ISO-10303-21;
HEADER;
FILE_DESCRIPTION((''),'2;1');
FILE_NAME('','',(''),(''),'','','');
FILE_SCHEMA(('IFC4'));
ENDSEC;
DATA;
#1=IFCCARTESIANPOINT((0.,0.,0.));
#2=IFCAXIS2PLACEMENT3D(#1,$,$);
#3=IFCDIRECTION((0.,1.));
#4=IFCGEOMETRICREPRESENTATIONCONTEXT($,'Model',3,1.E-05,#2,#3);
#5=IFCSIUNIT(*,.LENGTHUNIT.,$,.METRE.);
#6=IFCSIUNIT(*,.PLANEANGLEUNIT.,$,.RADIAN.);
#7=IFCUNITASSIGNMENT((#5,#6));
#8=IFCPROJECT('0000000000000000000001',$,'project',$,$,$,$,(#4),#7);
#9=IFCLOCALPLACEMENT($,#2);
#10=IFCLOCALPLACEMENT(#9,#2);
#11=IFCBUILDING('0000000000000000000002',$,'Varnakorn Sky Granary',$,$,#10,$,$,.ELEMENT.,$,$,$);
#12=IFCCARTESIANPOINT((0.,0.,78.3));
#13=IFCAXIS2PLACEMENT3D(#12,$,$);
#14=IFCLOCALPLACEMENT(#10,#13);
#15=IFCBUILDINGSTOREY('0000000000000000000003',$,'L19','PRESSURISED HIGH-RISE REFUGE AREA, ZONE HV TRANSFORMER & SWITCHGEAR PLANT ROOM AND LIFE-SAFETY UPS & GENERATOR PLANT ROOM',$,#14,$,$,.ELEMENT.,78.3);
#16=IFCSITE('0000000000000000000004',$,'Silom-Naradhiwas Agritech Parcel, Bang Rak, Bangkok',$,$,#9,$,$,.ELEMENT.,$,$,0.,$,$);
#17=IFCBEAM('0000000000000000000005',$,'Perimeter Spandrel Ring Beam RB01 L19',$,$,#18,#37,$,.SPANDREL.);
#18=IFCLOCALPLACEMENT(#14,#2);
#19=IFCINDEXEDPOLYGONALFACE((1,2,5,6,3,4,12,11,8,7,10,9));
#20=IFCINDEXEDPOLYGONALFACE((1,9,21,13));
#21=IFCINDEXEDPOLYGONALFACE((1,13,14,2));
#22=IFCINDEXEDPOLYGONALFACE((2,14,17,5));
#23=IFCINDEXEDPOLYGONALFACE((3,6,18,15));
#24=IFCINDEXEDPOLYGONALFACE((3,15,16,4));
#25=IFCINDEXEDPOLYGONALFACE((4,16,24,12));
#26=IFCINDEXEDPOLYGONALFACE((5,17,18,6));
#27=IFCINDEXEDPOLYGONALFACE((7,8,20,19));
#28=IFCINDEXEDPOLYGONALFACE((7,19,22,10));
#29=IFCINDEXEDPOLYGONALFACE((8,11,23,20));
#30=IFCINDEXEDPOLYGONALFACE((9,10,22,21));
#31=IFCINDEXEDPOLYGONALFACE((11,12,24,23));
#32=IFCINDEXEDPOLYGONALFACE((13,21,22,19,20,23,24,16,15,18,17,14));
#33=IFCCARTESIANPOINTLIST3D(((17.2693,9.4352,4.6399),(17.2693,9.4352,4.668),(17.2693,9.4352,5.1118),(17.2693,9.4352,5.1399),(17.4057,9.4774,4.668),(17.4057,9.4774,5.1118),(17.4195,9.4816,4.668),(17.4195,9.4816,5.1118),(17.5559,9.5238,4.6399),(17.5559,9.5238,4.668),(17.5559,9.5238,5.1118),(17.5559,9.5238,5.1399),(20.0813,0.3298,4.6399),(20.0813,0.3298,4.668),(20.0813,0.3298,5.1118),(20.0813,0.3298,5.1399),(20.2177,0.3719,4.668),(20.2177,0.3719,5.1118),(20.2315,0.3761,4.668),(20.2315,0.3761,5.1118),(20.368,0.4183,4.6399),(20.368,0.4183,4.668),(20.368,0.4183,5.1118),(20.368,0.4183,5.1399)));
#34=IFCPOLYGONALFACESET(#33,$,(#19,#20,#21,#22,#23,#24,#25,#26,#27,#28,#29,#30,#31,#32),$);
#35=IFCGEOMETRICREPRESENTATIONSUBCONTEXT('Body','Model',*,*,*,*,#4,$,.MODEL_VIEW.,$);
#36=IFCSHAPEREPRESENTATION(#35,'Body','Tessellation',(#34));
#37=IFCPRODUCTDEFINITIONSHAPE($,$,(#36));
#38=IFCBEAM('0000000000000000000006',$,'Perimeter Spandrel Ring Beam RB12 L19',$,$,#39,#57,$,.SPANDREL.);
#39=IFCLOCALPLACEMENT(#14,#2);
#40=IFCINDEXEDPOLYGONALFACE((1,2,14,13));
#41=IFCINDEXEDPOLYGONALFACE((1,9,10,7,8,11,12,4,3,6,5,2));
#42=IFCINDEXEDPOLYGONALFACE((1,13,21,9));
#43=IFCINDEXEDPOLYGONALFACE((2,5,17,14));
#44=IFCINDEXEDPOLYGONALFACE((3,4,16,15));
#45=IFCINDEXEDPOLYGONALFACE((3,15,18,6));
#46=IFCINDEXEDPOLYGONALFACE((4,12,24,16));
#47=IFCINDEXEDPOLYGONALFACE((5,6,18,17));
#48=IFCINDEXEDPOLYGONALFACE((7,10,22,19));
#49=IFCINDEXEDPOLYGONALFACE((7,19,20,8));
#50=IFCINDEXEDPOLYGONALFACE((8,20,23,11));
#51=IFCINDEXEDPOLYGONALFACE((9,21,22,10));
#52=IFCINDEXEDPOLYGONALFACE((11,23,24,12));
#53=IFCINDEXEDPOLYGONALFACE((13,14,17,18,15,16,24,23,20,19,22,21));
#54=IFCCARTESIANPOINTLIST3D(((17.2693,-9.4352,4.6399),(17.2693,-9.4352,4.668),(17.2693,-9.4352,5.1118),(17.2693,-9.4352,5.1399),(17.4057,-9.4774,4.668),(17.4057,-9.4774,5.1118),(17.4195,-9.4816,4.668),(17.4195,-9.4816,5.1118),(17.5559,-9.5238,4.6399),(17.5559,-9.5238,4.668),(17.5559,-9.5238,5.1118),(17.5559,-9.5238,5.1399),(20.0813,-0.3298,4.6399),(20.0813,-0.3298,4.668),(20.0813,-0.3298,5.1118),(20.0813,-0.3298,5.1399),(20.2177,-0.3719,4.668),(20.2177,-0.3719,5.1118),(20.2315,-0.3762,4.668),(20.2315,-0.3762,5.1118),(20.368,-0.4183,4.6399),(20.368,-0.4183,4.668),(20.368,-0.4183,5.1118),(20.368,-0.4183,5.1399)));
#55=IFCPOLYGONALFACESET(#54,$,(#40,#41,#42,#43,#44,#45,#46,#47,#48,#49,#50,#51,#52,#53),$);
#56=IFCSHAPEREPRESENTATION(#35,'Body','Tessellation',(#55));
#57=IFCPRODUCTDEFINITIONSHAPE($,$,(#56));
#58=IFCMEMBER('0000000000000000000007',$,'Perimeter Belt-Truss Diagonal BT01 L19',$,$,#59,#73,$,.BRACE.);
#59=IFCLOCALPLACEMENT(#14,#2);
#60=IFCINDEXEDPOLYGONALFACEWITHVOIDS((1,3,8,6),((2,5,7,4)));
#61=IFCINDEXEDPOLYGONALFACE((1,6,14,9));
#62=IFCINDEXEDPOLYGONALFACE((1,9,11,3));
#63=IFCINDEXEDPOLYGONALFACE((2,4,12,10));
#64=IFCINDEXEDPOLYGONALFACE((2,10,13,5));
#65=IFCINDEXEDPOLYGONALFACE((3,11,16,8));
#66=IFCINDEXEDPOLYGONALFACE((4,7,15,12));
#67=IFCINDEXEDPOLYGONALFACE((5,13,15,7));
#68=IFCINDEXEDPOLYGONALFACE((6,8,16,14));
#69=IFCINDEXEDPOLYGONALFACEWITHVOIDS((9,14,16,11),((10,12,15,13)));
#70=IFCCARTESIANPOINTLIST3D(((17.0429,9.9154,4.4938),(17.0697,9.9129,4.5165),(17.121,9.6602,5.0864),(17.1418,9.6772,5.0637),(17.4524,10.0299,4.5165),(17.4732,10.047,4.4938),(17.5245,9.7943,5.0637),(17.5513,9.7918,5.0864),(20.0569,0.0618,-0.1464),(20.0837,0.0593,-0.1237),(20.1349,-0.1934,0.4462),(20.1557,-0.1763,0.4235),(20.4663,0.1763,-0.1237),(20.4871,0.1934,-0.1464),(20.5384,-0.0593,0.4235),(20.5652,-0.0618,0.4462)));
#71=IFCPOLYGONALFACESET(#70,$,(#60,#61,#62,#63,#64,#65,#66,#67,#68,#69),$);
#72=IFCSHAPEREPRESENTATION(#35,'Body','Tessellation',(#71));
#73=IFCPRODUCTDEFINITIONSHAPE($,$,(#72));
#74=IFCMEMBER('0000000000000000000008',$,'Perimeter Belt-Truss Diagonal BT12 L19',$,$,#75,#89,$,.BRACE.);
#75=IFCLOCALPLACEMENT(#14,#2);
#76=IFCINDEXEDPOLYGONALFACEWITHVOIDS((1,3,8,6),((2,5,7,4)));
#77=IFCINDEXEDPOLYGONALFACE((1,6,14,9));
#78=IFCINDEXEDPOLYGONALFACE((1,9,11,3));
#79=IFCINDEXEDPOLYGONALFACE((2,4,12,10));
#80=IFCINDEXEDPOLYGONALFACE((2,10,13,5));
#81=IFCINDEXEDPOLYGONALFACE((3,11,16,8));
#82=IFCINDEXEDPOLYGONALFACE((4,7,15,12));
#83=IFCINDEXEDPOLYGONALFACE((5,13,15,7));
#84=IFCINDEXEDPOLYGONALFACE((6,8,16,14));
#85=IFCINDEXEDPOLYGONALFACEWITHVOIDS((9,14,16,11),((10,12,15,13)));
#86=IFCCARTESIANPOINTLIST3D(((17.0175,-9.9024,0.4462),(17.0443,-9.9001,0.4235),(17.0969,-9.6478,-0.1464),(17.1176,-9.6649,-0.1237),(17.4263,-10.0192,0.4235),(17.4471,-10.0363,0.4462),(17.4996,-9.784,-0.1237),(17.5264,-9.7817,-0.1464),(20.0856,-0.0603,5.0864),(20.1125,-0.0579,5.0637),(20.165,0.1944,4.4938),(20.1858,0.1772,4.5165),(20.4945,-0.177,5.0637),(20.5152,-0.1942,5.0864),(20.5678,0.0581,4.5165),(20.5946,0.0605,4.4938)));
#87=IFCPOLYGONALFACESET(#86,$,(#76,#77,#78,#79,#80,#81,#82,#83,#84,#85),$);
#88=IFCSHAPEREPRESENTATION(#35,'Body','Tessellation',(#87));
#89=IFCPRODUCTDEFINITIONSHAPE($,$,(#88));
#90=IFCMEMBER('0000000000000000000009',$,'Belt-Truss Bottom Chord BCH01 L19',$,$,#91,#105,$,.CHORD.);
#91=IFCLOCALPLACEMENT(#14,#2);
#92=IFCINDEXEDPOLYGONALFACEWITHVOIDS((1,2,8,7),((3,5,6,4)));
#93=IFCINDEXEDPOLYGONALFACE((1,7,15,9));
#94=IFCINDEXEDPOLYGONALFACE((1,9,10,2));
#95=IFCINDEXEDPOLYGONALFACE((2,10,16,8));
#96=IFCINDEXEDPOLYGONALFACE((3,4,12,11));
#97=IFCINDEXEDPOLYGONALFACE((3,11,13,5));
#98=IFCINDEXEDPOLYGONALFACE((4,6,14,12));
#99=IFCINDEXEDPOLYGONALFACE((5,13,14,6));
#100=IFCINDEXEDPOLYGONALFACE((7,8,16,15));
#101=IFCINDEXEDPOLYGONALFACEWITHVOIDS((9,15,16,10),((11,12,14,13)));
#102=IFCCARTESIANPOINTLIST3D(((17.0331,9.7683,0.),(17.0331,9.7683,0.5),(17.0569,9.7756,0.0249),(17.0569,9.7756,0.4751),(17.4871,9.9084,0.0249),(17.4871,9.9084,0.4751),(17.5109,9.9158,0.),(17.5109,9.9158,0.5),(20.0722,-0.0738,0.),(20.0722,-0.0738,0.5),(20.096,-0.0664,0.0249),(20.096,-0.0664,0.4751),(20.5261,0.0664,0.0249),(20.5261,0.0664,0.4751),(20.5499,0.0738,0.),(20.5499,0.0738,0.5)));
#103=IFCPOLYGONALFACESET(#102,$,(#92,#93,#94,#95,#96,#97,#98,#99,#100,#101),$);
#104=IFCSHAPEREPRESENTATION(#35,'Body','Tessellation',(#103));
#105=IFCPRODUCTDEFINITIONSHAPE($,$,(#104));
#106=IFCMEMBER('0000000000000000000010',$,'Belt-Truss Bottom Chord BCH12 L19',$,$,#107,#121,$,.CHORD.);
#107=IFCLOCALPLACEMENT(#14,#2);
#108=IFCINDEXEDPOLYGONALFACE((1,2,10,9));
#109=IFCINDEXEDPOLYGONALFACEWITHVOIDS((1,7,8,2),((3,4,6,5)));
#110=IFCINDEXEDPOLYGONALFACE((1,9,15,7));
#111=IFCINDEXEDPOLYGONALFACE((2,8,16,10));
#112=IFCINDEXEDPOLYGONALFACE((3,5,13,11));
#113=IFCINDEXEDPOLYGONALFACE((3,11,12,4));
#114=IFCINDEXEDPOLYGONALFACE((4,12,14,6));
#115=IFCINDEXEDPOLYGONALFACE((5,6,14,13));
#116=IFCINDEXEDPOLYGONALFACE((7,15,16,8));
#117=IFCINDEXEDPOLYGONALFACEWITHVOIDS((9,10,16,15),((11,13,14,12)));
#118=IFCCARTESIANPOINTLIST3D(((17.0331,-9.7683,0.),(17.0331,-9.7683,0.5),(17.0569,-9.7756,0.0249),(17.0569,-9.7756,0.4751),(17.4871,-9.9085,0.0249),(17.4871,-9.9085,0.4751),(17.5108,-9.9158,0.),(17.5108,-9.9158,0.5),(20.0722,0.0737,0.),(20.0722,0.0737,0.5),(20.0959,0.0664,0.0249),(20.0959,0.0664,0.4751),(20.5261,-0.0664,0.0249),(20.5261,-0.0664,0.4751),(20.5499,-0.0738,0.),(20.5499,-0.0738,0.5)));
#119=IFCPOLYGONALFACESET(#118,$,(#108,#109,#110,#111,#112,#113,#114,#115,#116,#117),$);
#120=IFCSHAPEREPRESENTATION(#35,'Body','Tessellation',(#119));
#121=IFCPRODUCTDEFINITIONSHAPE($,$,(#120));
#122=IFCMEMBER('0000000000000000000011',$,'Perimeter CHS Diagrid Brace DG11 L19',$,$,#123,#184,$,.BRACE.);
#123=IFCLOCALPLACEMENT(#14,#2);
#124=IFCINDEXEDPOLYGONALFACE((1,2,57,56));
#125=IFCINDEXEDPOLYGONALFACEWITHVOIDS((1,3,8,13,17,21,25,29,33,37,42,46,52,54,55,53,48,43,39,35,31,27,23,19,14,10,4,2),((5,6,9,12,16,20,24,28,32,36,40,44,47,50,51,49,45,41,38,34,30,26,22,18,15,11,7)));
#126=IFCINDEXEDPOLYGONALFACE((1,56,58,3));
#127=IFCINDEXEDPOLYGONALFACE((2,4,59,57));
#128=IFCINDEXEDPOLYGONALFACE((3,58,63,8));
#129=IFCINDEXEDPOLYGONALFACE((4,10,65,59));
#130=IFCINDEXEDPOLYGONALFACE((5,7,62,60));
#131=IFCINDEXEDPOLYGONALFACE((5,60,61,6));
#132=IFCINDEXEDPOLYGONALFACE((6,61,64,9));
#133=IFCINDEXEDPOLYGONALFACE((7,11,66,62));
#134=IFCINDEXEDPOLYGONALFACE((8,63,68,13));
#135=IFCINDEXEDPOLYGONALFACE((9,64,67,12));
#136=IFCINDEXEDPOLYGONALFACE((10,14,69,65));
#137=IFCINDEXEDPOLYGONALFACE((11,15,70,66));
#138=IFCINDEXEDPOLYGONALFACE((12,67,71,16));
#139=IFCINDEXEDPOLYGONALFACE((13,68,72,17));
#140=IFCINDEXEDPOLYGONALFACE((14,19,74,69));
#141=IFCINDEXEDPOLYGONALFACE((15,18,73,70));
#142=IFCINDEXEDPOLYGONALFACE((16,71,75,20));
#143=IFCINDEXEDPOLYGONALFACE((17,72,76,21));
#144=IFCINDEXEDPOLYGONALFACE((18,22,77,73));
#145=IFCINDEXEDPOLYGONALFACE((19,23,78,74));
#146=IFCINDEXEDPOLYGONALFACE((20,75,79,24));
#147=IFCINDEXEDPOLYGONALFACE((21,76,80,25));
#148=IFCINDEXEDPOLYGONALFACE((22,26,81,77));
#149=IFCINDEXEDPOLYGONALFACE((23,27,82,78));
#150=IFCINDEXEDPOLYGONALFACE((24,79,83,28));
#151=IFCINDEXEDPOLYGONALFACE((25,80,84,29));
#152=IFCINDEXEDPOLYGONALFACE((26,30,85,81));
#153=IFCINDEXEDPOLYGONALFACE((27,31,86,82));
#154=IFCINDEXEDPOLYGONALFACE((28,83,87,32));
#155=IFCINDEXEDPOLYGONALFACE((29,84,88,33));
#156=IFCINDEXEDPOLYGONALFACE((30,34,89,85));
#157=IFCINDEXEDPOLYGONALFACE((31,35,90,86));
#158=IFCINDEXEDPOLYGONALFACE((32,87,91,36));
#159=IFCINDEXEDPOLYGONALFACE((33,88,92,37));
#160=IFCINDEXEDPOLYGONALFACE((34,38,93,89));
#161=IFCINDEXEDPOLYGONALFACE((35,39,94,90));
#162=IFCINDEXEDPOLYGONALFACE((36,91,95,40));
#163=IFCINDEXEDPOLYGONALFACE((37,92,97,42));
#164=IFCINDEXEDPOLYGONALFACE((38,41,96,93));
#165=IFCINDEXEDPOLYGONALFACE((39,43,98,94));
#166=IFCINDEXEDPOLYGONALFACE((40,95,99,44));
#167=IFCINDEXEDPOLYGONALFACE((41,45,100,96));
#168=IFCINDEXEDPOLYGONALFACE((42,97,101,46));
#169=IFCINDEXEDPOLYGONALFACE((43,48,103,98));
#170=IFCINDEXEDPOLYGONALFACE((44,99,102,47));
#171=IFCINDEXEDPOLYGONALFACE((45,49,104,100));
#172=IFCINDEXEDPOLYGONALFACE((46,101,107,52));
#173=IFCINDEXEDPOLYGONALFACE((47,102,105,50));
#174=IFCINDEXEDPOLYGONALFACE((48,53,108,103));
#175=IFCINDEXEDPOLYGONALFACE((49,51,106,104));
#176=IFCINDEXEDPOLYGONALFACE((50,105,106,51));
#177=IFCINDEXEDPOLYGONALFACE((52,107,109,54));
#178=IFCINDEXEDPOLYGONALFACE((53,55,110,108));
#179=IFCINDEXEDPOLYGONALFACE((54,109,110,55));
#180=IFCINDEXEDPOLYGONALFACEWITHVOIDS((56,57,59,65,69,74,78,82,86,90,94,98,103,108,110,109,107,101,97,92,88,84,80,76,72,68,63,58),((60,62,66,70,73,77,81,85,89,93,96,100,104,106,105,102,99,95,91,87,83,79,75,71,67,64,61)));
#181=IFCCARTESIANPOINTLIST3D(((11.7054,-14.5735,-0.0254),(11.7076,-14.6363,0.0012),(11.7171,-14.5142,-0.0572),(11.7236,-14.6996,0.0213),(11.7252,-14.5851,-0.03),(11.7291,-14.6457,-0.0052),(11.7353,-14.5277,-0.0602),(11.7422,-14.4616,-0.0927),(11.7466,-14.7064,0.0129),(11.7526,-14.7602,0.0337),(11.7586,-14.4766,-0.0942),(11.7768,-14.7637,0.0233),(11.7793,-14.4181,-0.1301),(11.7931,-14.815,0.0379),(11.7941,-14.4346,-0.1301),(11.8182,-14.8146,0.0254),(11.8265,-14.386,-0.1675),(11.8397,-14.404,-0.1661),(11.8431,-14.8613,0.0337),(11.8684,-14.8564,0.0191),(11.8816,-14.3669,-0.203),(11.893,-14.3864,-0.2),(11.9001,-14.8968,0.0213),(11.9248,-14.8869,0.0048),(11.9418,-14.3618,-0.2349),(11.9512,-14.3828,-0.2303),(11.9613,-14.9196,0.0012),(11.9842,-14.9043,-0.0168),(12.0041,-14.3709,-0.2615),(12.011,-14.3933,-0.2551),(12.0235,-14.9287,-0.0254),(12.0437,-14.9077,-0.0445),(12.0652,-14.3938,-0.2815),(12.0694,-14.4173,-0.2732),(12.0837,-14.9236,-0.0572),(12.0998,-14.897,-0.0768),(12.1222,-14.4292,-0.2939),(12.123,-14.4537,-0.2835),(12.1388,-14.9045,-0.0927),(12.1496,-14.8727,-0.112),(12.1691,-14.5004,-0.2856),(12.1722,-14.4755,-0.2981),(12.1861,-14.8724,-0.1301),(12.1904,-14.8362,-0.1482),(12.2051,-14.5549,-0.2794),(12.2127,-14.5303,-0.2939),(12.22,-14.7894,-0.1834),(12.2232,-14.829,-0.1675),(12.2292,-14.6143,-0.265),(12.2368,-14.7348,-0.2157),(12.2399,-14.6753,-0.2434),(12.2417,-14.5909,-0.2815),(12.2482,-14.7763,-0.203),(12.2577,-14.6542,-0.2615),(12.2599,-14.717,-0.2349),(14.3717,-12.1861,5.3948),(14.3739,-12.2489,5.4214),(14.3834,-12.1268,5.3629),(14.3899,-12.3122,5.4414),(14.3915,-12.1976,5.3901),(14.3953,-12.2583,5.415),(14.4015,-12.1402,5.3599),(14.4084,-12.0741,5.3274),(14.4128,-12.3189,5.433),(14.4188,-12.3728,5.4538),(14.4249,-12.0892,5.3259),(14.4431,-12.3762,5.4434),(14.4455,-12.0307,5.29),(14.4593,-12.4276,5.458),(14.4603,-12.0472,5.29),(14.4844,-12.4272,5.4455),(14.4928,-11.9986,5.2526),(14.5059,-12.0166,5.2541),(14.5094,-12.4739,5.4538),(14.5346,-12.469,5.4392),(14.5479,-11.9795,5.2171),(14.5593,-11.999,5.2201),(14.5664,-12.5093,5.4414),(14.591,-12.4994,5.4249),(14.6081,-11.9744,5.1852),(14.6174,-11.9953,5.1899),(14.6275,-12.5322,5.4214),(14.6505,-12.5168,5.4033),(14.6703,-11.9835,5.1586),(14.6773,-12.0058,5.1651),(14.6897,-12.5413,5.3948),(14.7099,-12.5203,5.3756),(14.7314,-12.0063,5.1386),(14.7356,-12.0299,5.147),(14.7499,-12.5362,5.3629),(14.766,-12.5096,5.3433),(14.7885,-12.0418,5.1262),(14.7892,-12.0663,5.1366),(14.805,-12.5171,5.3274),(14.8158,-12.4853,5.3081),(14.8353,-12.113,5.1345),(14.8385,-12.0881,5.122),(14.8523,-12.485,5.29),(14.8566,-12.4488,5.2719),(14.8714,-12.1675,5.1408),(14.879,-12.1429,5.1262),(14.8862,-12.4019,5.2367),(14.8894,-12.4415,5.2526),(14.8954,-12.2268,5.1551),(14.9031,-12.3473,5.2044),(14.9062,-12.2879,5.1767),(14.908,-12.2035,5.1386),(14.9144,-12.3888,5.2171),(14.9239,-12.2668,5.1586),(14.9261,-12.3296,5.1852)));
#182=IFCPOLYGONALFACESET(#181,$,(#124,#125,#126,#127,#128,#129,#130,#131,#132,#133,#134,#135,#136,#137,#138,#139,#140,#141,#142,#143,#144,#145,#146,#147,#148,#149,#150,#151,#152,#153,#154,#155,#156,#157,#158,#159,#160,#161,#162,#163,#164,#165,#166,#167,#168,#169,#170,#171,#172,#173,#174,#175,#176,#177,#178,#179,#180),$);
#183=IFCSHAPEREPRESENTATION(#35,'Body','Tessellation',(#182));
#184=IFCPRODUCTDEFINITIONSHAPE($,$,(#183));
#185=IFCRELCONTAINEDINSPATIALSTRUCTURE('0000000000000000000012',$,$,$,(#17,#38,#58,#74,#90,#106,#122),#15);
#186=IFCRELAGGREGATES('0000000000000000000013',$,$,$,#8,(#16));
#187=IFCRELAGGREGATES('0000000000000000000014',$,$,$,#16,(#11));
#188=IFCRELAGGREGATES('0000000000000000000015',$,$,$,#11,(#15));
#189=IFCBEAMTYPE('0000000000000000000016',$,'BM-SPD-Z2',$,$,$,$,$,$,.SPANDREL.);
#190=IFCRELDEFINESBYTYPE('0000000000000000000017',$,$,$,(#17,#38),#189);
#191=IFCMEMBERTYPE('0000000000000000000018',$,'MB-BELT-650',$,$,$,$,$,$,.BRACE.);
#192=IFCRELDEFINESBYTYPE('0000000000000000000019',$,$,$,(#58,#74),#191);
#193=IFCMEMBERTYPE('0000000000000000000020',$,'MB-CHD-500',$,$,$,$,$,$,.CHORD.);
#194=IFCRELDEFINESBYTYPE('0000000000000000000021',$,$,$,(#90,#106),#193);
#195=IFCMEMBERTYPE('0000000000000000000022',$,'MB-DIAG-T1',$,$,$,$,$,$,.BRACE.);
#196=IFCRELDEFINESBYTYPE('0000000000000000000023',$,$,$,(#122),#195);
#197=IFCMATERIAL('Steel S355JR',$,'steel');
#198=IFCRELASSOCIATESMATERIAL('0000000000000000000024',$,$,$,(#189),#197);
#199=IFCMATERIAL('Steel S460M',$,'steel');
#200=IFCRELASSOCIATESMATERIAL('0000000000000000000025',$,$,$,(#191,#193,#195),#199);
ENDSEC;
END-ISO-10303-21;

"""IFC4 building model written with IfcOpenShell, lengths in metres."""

from ifc_helpers import new_model, si_unit, direction, frame, origin, origin_2d, place, context, subcontext, project, spatial, hollow_rectangle, hollow_circle, i_section, extrude, material, material_profile, profile_set, type_object, element, save


model = new_model("IFC4")

# Units and contexts
model_context = context("Model", 3, precision=1e-05, world=origin(), true_north=direction((0.0, 1.0)))
body_context = subcontext(model_context, "Body", "Model", "MODEL_VIEW")
ifc_project = project(units=[si_unit("LENGTHUNIT", "METRE"), si_unit("PLANEANGLEUNIT", "RADIAN")], contexts=[model_context])

# Site, building, storey
site_placement = place(None, origin())
site = spatial("IfcSite", under=ifc_project, at=site_placement, Name="Silom-Naradhiwas Agritech Parcel, Bang Rak, Bangkok", CompositionType="ELEMENT", RefElevation=0.0)
building_placement = place(site_placement, origin())
building = spatial("IfcBuilding", under=site, at=building_placement, Name="Varnakorn Sky Granary", CompositionType="ELEMENT")
storey_placement = place(building_placement, frame((0.0, 0.0, 78.3)))
storey = spatial("IfcBuildingStorey", under=building, at=storey_placement, Name="L19", Description="PRESSURISED HIGH-RISE REFUGE AREA, ZONE HV TRANSFORMER & SWITCHGEAR PLANT ROOM AND LIFE-SAFETY UPS & GENERATOR PLANT ROOM", CompositionType="ELEMENT", Elevation=78.3)

# Shared definitions
ifc_material_1 = material(Name="Steel S460M", Category="steel")

# Beams
ifc_material_2 = material(Name="Steel S355JR", Category="steel")
ifc_material_profile_1 = material_profile(ifc_material_2, i_section(OverallWidth=0.3, OverallDepth=0.5, WebThickness=0.0144, FlangeThickness=0.0281, at=origin_2d()), Name="HE 500 B")
ifc_profile_set_1 = profile_set([ifc_material_profile_1], Name="Steel S355JR")
beam_type_1 = type_object("IfcBeamType", Name="BM-SPD-Z2", PredefinedType="SPANDREL", material=ifc_profile_set_1)
for number, where, z_axis, x_axis, name in (
    (1, (20.2246, 0.374, 4.8899), (-0.295076, 0.955474, 0.0), (-0.955474, -0.295076, 0.0), "Perimeter Spandrel Ring Beam RB01 L19"),
    (2, (17.4126, -9.4795, 4.8899), (0.295076, 0.955474, 0.0), (-0.955474, 0.295076, 0.0), "Perimeter Spandrel Ring Beam RB12 L19"),
):
    element("IfcBeam", number, at=place(storey_placement, frame(where, z_axis=z_axis, x_axis=x_axis)), inside=storey, type_object=beam_type_1, Name=name, PredefinedType="SPANDREL", context=body_context, shape_type="SweptSolid", body=[
        extrude(i_section(OverallWidth=0.3, OverallDepth=0.5, WebThickness=0.0144, FlangeThickness=0.0281, at=origin_2d()), origin(), (0.0, 0.0, 1.0), 9.5298),
    ])

# Members
ifc_material_profile_2 = material_profile(ifc_material_1, hollow_rectangle(XDim=0.45, YDim=0.6499, WallThickness=0.0249, at=origin_2d()), Name="RHS 450x650x25")
ifc_profile_set_2 = profile_set([ifc_material_profile_2], Name="Steel S460M")
member_type_1 = type_object("IfcMemberType", Name="MB-BELT-650", PredefinedType="BRACE", material=ifc_profile_set_2)
member_1_placement = place(storey_placement, frame((20.311, 0.0, 0.1499), z_axis=(-0.266701, 0.871937, 0.410605), x_axis=(-0.956267, -0.292495, 0.0)))
element("IfcMember", 3, at=member_1_placement, inside=storey, type_object=member_type_1, Name="Perimeter Belt-Truss Diagonal BT01 L19", PredefinedType="BRACE", context=body_context, shape_type="SweptSolid", body=[
    extrude(hollow_rectangle(XDim=0.45, YDim=0.6499, WallThickness=0.0249, at=origin_2d()), origin(), (0.0, 0.0, 1.0), 11.3008),
])
member_2_placement = place(storey_placement, frame((17.272, -9.842, 0.1499), z_axis=(0.271387, 0.870568, 0.410439), x_axis=(-0.954687, 0.29761, 0.0)))
element("IfcMember", 4, at=member_2_placement, inside=storey, type_object=member_type_1, Name="Perimeter Belt-Truss Diagonal BT12 L19", PredefinedType="BRACE", context=body_context, shape_type="SweptSolid", body=[
    extrude(hollow_rectangle(XDim=0.45, YDim=0.6499, WallThickness=0.0249, at=origin_2d()), origin(), (0.0, 0.0, 1.0), 11.3054),
])
ifc_material_profile_3 = material_profile(ifc_material_1, hollow_rectangle(XDim=0.5, YDim=0.5, WallThickness=0.0249, at=origin_2d()), Name="SHS 500x500x25")
ifc_profile_set_3 = profile_set([ifc_material_profile_3], Name="Steel S460M")
member_type_2 = type_object("IfcMemberType", Name="MB-CHD-500", PredefinedType="CHORD", material=ifc_profile_set_3)
for number, where, z_axis, x_axis, name in (
    (5, (20.311, 0.0, 0.25), (-0.295038, 0.955485, 0.0), (-0.955485, -0.295038, 0.0), "Belt-Truss Bottom Chord BCH01 L19"),
    (6, (17.272, -9.842, 0.25), (0.295038, 0.955485, 0.0), (-0.955485, 0.295038, 0.0), "Belt-Truss Bottom Chord BCH12 L19"),
):
    element("IfcMember", number, at=place(storey_placement, frame(where, z_axis=z_axis, x_axis=x_axis)), inside=storey, type_object=member_type_2, Name=name, PredefinedType="CHORD", context=body_context, shape_type="SweptSolid", body=[
        extrude(hollow_rectangle(XDim=0.5, YDim=0.5, WallThickness=0.0249, at=origin_2d()), origin(), (0.0, 0.0, 1.0), 10.3005),
    ])
ifc_material_profile_4 = material_profile(ifc_material_1, hollow_circle(Radius=0.3049, WallThickness=0.0222, at=origin_2d()), Name="CHS 610x22")
ifc_profile_set_4 = profile_set([ifc_material_profile_4], Name="Steel S460M")
member_type_3 = type_object("IfcMemberType", Name="MB-DIAG-T1", PredefinedType="BRACE", material=ifc_profile_set_4)
member_3_placement = place(storey_placement, frame((11.9827, -14.6453, -0.1301), z_axis=(0.4105, 0.367574, 0.834493), x_axis=(-0.667082, 0.744984, 0.0)))
element("IfcMember", 7, at=member_3_placement, inside=storey, type_object=member_type_3, Name="Perimeter CHS Diagrid Brace DG11 L19", PredefinedType="BRACE", context=body_context, shape_type="SweptSolid", body=[
    extrude(hollow_circle(Radius=0.3049, WallThickness=0.0222, at=origin_2d()), origin(), (0.0, 0.0, 1.0), 6.4951),
])

save(model, "model.ifc")
